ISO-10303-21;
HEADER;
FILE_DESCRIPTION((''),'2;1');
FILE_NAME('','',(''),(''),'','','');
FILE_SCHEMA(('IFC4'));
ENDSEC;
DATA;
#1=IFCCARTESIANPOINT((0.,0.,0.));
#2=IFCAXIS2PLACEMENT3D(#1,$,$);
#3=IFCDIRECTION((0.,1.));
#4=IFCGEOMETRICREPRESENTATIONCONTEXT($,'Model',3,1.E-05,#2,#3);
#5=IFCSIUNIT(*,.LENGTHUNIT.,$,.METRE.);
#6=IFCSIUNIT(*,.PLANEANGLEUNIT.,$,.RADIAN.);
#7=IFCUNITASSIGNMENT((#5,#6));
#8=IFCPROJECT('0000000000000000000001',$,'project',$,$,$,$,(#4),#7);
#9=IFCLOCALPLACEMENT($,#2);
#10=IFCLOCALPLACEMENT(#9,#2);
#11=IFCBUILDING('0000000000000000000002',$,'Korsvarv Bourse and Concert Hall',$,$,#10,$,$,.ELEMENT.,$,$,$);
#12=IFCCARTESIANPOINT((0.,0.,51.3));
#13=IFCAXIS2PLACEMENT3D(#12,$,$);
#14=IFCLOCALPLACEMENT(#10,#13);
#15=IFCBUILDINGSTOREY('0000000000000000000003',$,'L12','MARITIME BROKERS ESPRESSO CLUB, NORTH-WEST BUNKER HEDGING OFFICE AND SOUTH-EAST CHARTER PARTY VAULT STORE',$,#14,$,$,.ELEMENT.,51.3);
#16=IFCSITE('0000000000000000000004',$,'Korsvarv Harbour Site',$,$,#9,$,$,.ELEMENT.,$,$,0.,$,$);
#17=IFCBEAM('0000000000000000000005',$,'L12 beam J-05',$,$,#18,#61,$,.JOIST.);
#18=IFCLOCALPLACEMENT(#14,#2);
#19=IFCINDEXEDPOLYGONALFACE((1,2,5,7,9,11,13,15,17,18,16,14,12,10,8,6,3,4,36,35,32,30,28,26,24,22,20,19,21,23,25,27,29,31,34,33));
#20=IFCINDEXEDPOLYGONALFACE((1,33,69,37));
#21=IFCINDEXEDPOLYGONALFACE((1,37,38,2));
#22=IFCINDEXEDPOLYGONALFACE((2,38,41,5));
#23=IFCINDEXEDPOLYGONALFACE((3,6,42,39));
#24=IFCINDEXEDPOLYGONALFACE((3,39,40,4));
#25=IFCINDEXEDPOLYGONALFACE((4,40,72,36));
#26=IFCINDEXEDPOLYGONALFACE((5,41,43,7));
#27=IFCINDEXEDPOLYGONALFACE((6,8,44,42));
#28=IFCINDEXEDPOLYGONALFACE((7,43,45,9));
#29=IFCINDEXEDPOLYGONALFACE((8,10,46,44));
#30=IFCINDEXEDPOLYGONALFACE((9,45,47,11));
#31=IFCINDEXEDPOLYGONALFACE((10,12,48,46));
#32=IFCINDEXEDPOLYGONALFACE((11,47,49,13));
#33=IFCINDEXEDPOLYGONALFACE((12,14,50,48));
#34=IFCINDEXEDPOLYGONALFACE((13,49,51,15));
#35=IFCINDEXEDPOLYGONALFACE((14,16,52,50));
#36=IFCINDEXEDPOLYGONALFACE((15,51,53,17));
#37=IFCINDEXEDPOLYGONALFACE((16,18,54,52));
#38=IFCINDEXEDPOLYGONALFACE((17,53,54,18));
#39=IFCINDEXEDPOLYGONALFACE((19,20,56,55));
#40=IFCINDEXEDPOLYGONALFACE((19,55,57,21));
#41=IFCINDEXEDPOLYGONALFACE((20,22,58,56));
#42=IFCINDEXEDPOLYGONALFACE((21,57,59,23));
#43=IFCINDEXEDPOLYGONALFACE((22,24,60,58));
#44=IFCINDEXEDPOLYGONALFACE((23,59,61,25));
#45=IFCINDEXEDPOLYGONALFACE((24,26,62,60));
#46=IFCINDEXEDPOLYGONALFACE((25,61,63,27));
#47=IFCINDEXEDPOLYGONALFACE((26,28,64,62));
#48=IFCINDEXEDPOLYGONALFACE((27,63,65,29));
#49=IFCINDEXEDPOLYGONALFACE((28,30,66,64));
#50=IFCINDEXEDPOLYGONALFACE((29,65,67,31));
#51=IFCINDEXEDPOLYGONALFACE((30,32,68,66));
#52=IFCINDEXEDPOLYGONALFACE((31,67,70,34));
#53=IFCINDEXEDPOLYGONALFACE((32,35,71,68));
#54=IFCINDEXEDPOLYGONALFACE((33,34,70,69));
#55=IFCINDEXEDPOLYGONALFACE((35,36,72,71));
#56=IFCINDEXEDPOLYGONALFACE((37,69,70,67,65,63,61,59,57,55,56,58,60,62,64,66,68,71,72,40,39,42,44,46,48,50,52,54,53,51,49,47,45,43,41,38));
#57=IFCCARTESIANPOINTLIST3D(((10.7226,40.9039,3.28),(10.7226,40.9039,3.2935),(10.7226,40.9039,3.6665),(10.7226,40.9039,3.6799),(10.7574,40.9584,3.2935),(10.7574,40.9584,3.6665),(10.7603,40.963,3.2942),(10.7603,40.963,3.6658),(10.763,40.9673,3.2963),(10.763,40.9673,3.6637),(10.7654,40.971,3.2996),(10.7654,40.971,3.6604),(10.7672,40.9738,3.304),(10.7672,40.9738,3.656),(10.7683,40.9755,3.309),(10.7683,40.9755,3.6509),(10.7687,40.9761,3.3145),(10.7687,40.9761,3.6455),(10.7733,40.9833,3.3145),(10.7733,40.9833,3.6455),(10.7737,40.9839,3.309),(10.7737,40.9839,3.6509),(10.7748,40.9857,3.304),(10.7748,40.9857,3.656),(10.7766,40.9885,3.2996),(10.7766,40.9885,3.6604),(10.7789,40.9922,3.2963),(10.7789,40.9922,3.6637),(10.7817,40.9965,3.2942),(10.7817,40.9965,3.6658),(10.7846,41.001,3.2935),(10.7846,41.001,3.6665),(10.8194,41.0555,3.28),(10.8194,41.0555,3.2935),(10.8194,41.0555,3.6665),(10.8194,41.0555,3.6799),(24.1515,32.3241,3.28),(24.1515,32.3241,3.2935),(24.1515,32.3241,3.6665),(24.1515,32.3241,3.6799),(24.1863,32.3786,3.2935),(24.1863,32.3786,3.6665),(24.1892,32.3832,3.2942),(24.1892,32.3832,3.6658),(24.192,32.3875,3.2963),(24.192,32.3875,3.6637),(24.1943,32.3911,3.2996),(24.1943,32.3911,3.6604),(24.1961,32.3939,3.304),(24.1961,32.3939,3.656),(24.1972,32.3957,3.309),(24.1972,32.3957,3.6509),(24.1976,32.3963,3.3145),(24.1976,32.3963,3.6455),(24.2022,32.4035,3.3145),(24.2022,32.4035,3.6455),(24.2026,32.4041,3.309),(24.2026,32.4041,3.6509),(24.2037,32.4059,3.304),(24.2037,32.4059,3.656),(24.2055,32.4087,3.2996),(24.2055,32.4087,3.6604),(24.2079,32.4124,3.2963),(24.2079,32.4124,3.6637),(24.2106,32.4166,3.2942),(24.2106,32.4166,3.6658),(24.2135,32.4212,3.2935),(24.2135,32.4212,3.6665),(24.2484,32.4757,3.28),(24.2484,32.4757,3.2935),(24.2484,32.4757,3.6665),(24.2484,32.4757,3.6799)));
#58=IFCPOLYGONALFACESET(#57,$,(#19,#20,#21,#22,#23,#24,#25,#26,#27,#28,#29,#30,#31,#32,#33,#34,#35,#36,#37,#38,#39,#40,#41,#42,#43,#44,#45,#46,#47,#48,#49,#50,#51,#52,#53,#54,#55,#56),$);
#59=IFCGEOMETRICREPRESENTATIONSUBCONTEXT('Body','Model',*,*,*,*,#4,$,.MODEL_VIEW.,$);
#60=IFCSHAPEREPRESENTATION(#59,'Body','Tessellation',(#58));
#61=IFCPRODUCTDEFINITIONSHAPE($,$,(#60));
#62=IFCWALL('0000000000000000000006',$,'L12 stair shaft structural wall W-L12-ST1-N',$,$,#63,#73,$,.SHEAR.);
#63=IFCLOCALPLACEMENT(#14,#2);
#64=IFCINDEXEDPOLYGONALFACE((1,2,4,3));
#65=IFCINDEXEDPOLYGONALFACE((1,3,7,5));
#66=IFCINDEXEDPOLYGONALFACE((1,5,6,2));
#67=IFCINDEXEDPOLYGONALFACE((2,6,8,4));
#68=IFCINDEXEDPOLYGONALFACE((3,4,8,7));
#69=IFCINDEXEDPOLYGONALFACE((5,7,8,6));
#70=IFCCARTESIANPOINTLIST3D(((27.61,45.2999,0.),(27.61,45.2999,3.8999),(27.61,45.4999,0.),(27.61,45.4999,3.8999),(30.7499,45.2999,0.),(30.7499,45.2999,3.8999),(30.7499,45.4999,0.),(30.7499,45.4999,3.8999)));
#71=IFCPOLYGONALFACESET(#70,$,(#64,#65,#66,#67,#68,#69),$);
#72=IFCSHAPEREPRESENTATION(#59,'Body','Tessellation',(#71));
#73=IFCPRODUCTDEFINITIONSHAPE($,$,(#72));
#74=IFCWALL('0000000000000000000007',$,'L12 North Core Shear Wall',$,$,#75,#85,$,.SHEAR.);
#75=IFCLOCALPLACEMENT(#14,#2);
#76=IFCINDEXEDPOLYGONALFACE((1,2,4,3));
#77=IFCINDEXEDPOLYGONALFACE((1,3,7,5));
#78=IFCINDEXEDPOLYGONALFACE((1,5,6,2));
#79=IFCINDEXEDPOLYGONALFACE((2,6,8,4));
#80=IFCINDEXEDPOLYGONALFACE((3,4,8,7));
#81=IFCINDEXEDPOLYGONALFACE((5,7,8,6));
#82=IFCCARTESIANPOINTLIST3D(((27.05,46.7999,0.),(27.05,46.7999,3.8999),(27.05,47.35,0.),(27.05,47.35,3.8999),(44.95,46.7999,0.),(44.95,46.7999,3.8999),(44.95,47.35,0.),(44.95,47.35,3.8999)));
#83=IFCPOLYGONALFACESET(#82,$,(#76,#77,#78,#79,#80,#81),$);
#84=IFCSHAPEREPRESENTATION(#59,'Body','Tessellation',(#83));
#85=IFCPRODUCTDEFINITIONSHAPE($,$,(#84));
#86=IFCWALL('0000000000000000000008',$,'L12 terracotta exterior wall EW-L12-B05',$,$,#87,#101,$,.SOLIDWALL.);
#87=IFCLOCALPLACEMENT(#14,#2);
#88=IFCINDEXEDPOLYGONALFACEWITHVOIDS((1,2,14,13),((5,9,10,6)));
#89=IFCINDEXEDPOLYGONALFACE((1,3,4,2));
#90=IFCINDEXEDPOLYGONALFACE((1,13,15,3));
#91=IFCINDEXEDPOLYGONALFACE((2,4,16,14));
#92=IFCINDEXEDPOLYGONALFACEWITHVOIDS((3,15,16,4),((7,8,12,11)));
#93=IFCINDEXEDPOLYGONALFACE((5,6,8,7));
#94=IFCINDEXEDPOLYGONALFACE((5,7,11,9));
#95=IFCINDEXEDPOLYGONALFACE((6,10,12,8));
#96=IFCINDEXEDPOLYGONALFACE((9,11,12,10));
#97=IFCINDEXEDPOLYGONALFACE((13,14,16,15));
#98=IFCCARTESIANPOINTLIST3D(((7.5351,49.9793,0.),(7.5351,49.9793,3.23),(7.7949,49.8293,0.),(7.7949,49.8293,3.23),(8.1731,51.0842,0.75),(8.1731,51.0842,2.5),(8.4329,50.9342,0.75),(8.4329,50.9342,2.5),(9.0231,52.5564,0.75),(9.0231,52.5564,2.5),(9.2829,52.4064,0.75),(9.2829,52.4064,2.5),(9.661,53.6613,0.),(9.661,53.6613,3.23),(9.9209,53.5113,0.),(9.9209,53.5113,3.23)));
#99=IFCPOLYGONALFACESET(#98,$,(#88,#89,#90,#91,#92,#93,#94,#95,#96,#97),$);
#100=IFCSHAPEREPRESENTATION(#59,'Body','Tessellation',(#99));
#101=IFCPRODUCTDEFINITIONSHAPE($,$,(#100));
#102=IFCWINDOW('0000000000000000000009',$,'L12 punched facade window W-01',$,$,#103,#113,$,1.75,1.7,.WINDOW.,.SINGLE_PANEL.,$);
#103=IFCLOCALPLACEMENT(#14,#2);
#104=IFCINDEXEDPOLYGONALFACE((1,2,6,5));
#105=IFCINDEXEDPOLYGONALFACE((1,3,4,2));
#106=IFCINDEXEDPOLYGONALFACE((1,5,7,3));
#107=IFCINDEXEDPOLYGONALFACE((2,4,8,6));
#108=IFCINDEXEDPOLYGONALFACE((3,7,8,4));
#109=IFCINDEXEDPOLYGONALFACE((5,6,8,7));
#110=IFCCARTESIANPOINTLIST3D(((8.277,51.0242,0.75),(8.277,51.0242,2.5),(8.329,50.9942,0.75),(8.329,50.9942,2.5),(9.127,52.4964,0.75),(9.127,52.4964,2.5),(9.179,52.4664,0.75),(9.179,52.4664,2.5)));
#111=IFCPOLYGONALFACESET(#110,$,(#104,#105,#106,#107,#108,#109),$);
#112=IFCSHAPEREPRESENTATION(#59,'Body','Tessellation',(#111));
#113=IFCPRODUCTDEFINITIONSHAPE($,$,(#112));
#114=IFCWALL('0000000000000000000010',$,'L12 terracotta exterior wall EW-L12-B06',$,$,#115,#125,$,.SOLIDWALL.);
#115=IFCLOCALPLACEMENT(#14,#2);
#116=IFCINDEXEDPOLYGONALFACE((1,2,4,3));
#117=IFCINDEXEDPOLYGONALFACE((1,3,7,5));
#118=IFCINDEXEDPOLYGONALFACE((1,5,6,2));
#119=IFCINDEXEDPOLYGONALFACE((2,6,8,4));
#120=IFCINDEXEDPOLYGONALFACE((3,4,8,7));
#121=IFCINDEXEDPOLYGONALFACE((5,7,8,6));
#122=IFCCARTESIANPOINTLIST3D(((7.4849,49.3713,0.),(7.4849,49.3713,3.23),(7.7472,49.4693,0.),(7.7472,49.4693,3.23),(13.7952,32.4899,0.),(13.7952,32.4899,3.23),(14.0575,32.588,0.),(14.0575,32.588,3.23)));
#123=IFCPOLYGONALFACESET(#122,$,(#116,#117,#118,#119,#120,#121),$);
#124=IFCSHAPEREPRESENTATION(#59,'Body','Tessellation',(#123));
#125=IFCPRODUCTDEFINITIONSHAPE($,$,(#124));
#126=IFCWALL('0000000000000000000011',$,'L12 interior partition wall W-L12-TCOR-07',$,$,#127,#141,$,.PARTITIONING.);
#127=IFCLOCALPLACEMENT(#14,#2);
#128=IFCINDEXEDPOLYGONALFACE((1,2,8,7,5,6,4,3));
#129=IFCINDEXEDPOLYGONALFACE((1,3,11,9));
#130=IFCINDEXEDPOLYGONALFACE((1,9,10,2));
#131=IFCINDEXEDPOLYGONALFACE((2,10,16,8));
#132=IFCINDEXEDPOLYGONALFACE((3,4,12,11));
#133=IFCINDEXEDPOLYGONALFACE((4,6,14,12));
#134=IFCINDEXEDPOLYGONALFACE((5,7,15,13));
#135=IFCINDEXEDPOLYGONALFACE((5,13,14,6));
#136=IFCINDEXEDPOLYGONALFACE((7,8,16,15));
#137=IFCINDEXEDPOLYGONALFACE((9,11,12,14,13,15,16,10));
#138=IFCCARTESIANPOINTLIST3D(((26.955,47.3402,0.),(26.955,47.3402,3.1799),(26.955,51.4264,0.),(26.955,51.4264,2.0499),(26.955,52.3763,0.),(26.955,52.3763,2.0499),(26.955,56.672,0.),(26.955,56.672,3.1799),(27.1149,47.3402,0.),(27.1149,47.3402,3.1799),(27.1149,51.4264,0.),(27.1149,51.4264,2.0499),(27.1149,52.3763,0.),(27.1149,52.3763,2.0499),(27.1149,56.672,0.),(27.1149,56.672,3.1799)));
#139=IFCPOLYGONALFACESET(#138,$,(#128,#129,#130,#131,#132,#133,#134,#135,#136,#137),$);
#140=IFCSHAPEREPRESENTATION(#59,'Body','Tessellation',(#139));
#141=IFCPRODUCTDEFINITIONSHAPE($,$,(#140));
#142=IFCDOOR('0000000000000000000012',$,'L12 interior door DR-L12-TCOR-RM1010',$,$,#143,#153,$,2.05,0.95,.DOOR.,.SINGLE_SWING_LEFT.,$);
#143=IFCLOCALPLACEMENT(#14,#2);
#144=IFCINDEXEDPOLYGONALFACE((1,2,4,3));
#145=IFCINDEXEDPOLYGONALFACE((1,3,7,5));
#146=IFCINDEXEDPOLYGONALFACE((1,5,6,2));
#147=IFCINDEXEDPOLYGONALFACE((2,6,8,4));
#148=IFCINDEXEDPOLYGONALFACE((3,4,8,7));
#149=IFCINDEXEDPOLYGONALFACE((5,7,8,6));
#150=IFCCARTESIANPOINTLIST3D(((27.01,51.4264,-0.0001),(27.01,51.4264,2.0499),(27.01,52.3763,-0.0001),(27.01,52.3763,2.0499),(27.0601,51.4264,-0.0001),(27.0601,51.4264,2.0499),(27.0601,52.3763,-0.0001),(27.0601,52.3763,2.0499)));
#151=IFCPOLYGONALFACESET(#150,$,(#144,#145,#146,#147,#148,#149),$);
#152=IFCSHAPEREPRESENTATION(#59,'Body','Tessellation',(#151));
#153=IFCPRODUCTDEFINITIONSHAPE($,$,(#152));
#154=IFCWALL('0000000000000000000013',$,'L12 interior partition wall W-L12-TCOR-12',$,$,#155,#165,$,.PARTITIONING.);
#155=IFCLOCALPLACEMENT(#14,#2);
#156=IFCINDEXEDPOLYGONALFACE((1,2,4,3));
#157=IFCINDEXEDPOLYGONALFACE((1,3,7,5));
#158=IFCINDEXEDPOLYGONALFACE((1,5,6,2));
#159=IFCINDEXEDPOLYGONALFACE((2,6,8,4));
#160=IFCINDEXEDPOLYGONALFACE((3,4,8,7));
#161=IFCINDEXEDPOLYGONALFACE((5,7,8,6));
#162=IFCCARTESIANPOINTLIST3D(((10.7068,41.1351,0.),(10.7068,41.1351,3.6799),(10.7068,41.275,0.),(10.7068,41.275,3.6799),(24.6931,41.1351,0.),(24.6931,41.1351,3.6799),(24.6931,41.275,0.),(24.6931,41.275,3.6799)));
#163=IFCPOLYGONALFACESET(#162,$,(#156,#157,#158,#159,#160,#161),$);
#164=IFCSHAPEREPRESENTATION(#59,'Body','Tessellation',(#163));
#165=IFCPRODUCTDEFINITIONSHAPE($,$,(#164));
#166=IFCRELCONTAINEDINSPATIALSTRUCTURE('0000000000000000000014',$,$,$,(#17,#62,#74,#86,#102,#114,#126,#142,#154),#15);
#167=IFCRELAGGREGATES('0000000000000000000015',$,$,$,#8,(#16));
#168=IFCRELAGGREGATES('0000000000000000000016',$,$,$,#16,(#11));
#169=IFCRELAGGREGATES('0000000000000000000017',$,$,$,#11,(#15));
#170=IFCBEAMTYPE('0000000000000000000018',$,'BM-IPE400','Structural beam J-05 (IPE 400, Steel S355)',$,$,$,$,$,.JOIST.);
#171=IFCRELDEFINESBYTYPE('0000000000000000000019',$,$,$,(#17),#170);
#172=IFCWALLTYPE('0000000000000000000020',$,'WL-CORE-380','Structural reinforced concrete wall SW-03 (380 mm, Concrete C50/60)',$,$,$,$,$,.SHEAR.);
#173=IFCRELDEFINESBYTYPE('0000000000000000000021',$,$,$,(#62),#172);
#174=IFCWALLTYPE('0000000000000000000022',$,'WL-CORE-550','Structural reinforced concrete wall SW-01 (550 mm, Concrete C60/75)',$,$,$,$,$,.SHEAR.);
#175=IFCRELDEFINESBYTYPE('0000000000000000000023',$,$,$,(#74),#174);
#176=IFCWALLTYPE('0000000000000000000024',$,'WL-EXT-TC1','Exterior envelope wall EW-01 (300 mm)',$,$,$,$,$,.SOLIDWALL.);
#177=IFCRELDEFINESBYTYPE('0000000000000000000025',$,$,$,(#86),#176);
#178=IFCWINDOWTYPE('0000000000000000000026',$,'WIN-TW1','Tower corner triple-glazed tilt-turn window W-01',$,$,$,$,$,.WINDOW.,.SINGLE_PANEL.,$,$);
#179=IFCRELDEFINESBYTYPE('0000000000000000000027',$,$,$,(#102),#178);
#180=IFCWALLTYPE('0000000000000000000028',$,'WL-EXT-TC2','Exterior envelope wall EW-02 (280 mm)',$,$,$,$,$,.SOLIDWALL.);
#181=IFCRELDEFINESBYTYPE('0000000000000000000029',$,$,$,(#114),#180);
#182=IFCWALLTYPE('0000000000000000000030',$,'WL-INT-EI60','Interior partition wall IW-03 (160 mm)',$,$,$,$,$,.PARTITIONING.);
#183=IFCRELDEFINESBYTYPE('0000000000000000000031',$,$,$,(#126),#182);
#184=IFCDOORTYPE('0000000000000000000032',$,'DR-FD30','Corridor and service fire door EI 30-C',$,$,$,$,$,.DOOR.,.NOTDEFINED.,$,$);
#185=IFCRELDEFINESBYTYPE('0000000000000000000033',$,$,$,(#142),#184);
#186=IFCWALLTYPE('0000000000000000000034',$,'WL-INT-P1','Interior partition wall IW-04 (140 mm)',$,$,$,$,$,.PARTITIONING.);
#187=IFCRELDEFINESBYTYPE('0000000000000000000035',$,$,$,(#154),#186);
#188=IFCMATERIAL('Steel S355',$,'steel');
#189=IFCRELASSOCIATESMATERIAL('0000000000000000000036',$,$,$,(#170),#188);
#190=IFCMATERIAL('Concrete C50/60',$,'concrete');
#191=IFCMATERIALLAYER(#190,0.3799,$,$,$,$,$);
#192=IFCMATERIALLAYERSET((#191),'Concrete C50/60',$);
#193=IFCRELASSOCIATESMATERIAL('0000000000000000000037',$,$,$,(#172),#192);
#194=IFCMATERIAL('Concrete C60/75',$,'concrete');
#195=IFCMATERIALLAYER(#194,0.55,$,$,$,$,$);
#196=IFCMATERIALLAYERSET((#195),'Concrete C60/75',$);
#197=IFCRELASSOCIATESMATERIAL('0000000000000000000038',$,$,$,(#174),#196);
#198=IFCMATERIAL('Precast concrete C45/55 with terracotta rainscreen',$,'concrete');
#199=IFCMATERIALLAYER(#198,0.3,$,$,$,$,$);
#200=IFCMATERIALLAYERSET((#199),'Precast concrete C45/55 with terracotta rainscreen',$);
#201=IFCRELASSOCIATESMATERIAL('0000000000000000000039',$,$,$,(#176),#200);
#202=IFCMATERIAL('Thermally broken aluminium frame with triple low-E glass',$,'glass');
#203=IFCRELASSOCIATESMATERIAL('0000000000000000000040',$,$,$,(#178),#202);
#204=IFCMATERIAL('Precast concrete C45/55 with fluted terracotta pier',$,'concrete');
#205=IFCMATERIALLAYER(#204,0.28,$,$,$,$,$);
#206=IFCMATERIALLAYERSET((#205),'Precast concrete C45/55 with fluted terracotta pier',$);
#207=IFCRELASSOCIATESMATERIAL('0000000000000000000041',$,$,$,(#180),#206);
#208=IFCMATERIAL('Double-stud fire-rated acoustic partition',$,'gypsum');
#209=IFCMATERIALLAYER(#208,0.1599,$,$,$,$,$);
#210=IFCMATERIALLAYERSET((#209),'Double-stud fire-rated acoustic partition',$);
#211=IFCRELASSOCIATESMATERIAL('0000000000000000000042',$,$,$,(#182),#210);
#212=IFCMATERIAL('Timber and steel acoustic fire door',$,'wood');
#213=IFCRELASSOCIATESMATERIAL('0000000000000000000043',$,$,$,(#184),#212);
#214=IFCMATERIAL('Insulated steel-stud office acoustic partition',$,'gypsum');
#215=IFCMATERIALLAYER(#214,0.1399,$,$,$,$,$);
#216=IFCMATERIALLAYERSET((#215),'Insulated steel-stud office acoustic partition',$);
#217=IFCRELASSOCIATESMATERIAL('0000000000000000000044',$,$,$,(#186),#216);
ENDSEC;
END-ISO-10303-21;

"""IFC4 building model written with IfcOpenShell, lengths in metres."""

from ifc_helpers import new_model, si_unit, direction, frame, frame_2d, origin, origin_2d, place, context, subcontext, project, spatial, rectangle, i_section, extrude, source, transform, mapped, material, layer, layer_set, material_profile, profile_set, type_object, element, fill, save


model = new_model("IFC4")

# Units and contexts
model_context = context("Model", 3, precision=1e-05, world=origin(), true_north=direction((0.0, 1.0)))
body_context = subcontext(model_context, "Body", "Model", "MODEL_VIEW")
ifc_project = project(units=[si_unit("LENGTHUNIT", "METRE"), si_unit("PLANEANGLEUNIT", "RADIAN")], contexts=[model_context])

# Site, building, storey
site_placement = place(None, origin())
site = spatial("IfcSite", under=ifc_project, at=site_placement, Name="Korsvarv Harbour Site", CompositionType="ELEMENT", RefElevation=0.0)
building_placement = place(site_placement, origin())
building = spatial("IfcBuilding", under=site, at=building_placement, Name="Korsvarv Bourse and Concert Hall", CompositionType="ELEMENT")
storey_placement = place(building_placement, frame((0.0, 0.0, 51.3)))
storey = spatial("IfcBuildingStorey", under=building, at=storey_placement, Name="L12", Description="MARITIME BROKERS ESPRESSO CLUB, NORTH-WEST BUNKER HEDGING OFFICE AND SOUTH-EAST CHARTER PARTY VAULT STORE", CompositionType="ELEMENT", Elevation=51.3)

# Shared definitions
ifc_material_1 = material(Name="Concrete C60/75", Category="concrete")

# Beam
ifc_material_2 = material(Name="Steel S355", Category="steel")
ifc_material_profile_1 = material_profile(ifc_material_2, i_section(OverallWidth=0.1799, OverallDepth=0.3999, WebThickness=0.0085, FlangeThickness=0.0134, FilletRadius=0.021, at=origin_2d()), Name="IPE 400")
ifc_profile_set_1 = profile_set([ifc_material_profile_1], Name="Steel S355")
beam_type_1 = type_object("IfcBeamType", Name="BM-IPE400", Description="Structural beam J-05 (IPE 400, Steel S355)", PredefinedType="JOIST", material=ifc_profile_set_1)
shared_shape_1 = source(origin(), body_context, "Body", "SweptSolid", [
    extrude(i_section(OverallWidth=0.1799, OverallDepth=0.3999, WebThickness=0.0085, FlangeThickness=0.0134, FilletRadius=0.021, at=origin_2d()), origin(), (0.0, 0.0, 1.0), 15.9358),
])
beam_1_placement = place(storey_placement, frame((10.771, 40.9797, 3.48), z_axis=(0.84269, -0.538399, 0.0), x_axis=(0.538399, 0.84269, 0.0)))
element("IfcBeam", 1, at=beam_1_placement, inside=storey, type_object=beam_type_1, Name="L12 beam J-05", PredefinedType="JOIST", context=body_context, shape_type="MappedRepresentation", body=[
    mapped(shared_shape_1, transform((0.0, 0.0, 0.0), scale=1.0)),
])

# Walls
ifc_material_3 = material(Name="Concrete C50/60", Category="concrete")
ifc_layer_1 = layer(ifc_material_3, 0.3799)
ifc_layer_set_1 = layer_set([ifc_layer_1], Name="Concrete C50/60")
wall_type_1 = type_object("IfcWallType", Name="WL-CORE-380", Description="Structural reinforced concrete wall SW-03 (380 mm, Concrete C50/60)", PredefinedType="SHEAR", material=ifc_layer_set_1)
wall_1_placement = place(storey_placement, frame((27.6101, 45.3999, 0.0), z_axis=(0.0, 0.0, 1.0), x_axis=(1.0, 0.0, 0.0)))
element("IfcWall", 2, at=wall_1_placement, inside=storey, type_object=wall_type_1, Name="L12 stair shaft structural wall W-L12-ST1-N", PredefinedType="SHEAR", context=body_context, shape_type="SweptSolid", body=[
    extrude(rectangle(XDim=3.1399, YDim=0.2, at=frame_2d((1.5698, 0.0))), origin(), (0.0, 0.0, 1.0), 3.8999),
])
ifc_layer_2 = layer(ifc_material_1, 0.55)
ifc_layer_set_2 = layer_set([ifc_layer_2], Name="Concrete C60/75")
wall_type_2 = type_object("IfcWallType", Name="WL-CORE-550", Description="Structural reinforced concrete wall SW-01 (550 mm, Concrete C60/75)", PredefinedType="SHEAR", material=ifc_layer_set_2)
wall_2_placement = place(storey_placement, frame((27.05, 47.075, 0.0), z_axis=(0.0, 0.0, 1.0), x_axis=(1.0, 0.0, 0.0)))
element("IfcWall", 3, at=wall_2_placement, inside=storey, type_object=wall_type_2, Name="L12 North Core Shear Wall", PredefinedType="SHEAR", context=body_context, shape_type="SweptSolid", body=[
    extrude(rectangle(XDim=17.8999, YDim=0.55, at=frame_2d((8.95, 0.0))), origin(), (0.0, 0.0, 1.0), 3.8999),
])

# Wall, opening, window
ifc_material_4 = material(Name="Precast concrete C45/55 with terracotta rainscreen", Category="concrete")
ifc_layer_3 = layer(ifc_material_4, 0.3)
ifc_layer_set_3 = layer_set([ifc_layer_3], Name="Precast concrete C45/55 with terracotta rainscreen")
wall_type_3 = type_object("IfcWallType", Name="WL-EXT-TC1", Description="Exterior envelope wall EW-01 (300 mm)", PredefinedType="SOLIDWALL", material=ifc_layer_set_3)
wall_3_placement = place(storey_placement, frame((9.791, 53.5864, 0.0), z_axis=(0.0, 0.0, 1.0), x_axis=(-0.500017, -0.866015, 0.0)))
wall_3 = element("IfcWall", 4, at=wall_3_placement, inside=storey, type_object=wall_type_3, Name="L12 terracotta exterior wall EW-L12-B05", PredefinedType="SOLIDWALL", context=body_context, shape_type="SweptSolid", body=[
    extrude(rectangle(XDim=4.2517, YDim=0.3, at=frame_2d((2.126, 0.0))), origin(), (0.0, 0.0, 1.0), 3.23),
])
opening_1_placement = place(wall_3_placement, frame((1.2759, 0.0, 0.75)))
opening_1 = element("IfcOpeningElement", 5, at=opening_1_placement, cuts=wall_3, PredefinedType="OPENING", context=body_context, shape_type="SweptSolid", body=[
    extrude(rectangle(XDim=1.7, YDim=1.75, at=frame_2d((0.8501, 0.875))), frame((0.0, 0.1602, 0.0), z_axis=(0.0, -1.0, 0.0), x_axis=(1.0, 0.0, 0.0)), (0.0, 0.0, 1.0), 0.3201),
])
ifc_material_5 = material(Name="Thermally broken aluminium frame with triple low-E glass", Category="glass")
window_type = type_object("IfcWindowType", Name="WIN-TW1", Description="Tower corner triple-glazed tilt-turn window W-01", PartitioningType="SINGLE_PANEL", PredefinedType="WINDOW", material=ifc_material_5)
window_placement = place(opening_1_placement, origin())
window = element("IfcWindow", 6, at=window_placement, inside=storey, type_object=window_type, Name="L12 punched facade window W-01", OverallHeight=1.75, OverallWidth=1.7, PartitioningType="SINGLE_PANEL", PredefinedType="WINDOW", context=body_context, shape_type="SweptSolid", body=[
    extrude(rectangle(XDim=1.7, YDim=1.75, at=frame_2d((0.8501, 0.875))), frame((0.0, 0.03, 0.0), z_axis=(0.0, -1.0, 0.0), x_axis=(1.0, 0.0, 0.0)), (0.0, 0.0, 1.0), 0.0601),
])
fill(opening_1, window)

# Wall
ifc_material_6 = material(Name="Precast concrete C45/55 with fluted terracotta pier", Category="concrete")
ifc_layer_4 = layer(ifc_material_6, 0.28)
ifc_layer_set_4 = layer_set([ifc_layer_4], Name="Precast concrete C45/55 with fluted terracotta pier")
wall_type_4 = type_object("IfcWallType", Name="WL-EXT-TC2", Description="Exterior envelope wall EW-02 (280 mm)", PredefinedType="SOLIDWALL", material=ifc_layer_set_4)
wall_4_placement = place(storey_placement, frame((7.616, 49.4204, 0.0), z_axis=(0.0, 0.0, 1.0), x_axis=(0.35014, -0.936697, 0.0)))
element("IfcWall", 7, at=wall_4_placement, inside=storey, type_object=wall_type_4, Name="L12 terracotta exterior wall EW-L12-B06", PredefinedType="SOLIDWALL", context=body_context, shape_type="SweptSolid", body=[
    extrude(rectangle(XDim=18.0222, YDim=0.28, at=frame_2d((9.0112, 0.0))), origin(), (0.0, 0.0, 1.0), 3.23),
])

# Wall, opening, door
ifc_material_7 = material(Name="Double-stud fire-rated acoustic partition", Category="gypsum")
ifc_layer_5 = layer(ifc_material_7, 0.1599)
ifc_layer_set_5 = layer_set([ifc_layer_5], Name="Double-stud fire-rated acoustic partition")
wall_type_5 = type_object("IfcWallType", Name="WL-INT-EI60", Description="Interior partition wall IW-03 (160 mm)", PredefinedType="PARTITIONING", material=ifc_layer_set_5)
wall_5_placement = place(storey_placement, frame((27.0349, 47.3401, 0.0), z_axis=(0.0, 0.0, 1.0), x_axis=(0.0, 1.0, 0.0)))
wall_5 = element("IfcWall", 8, at=wall_5_placement, inside=storey, type_object=wall_type_5, Name="L12 interior partition wall W-L12-TCOR-07", PredefinedType="PARTITIONING", context=body_context, shape_type="SweptSolid", body=[
    extrude(rectangle(XDim=9.3318, YDim=0.1599, at=frame_2d((4.666, 0.0))), origin(), (0.0, 0.0, 1.0), 3.1799),
])
opening_2_placement = place(wall_5_placement, frame((4.0862, 0.0, 0.0)))
opening_2 = element("IfcOpeningElement", 9, at=opening_2_placement, cuts=wall_5, PredefinedType="OPENING", context=body_context, shape_type="SweptSolid", body=[
    extrude(rectangle(XDim=0.95, YDim=2.05, at=frame_2d((0.4751, 1.0249))), frame((0.0, 0.0898, 0.0), z_axis=(0.0, -1.0, 0.0), x_axis=(1.0, 0.0, 0.0)), (0.0, 0.0, 1.0), 0.1799),
])
ifc_material_8 = material(Name="Timber and steel acoustic fire door", Category="wood")
door_type = type_object("IfcDoorType", Name="DR-FD30", Description="Corridor and service fire door EI 30-C", OperationType="NOTDEFINED", PredefinedType="DOOR", material=ifc_material_8)
door_placement = place(opening_2_placement, origin())
door = element("IfcDoor", 10, at=door_placement, inside=storey, type_object=door_type, Name="L12 interior door DR-L12-TCOR-RM1010", OperationType="SINGLE_SWING_LEFT", OverallHeight=2.05, OverallWidth=0.95, PredefinedType="DOOR", context=body_context, shape_type="SweptSolid", body=[
    extrude(rectangle(XDim=0.95, YDim=2.05, at=frame_2d((0.4751, 1.0249))), frame((0.0, 0.0249, 0.0), z_axis=(0.0, -1.0, 0.0), x_axis=(1.0, 0.0, 0.0)), (0.0, 0.0, 1.0), 0.05),
])
fill(opening_2, door)

# Wall
ifc_material_9 = material(Name="Insulated steel-stud office acoustic partition", Category="gypsum")
ifc_layer_6 = layer(ifc_material_9, 0.1399)
ifc_layer_set_6 = layer_set([ifc_layer_6], Name="Insulated steel-stud office acoustic partition")
wall_type_6 = type_object("IfcWallType", Name="WL-INT-P1", Description="Interior partition wall IW-04 (140 mm)", PredefinedType="PARTITIONING", material=ifc_layer_set_6)
wall_6_placement = place(storey_placement, frame((10.7068, 41.2051, 0.0), z_axis=(0.0, 0.0, 1.0), x_axis=(1.0, 0.0, 0.0)))
element("IfcWall", 11, at=wall_6_placement, inside=storey, type_object=wall_type_6, Name="L12 interior partition wall W-L12-TCOR-12", PredefinedType="PARTITIONING", context=body_context, shape_type="SweptSolid", body=[
    extrude(rectangle(XDim=13.9863, YDim=0.1399, at=frame_2d((6.9932, 0.0))), origin(), (0.0, 0.0, 1.0), 3.6799),
])

save(model, "model.ifc")
